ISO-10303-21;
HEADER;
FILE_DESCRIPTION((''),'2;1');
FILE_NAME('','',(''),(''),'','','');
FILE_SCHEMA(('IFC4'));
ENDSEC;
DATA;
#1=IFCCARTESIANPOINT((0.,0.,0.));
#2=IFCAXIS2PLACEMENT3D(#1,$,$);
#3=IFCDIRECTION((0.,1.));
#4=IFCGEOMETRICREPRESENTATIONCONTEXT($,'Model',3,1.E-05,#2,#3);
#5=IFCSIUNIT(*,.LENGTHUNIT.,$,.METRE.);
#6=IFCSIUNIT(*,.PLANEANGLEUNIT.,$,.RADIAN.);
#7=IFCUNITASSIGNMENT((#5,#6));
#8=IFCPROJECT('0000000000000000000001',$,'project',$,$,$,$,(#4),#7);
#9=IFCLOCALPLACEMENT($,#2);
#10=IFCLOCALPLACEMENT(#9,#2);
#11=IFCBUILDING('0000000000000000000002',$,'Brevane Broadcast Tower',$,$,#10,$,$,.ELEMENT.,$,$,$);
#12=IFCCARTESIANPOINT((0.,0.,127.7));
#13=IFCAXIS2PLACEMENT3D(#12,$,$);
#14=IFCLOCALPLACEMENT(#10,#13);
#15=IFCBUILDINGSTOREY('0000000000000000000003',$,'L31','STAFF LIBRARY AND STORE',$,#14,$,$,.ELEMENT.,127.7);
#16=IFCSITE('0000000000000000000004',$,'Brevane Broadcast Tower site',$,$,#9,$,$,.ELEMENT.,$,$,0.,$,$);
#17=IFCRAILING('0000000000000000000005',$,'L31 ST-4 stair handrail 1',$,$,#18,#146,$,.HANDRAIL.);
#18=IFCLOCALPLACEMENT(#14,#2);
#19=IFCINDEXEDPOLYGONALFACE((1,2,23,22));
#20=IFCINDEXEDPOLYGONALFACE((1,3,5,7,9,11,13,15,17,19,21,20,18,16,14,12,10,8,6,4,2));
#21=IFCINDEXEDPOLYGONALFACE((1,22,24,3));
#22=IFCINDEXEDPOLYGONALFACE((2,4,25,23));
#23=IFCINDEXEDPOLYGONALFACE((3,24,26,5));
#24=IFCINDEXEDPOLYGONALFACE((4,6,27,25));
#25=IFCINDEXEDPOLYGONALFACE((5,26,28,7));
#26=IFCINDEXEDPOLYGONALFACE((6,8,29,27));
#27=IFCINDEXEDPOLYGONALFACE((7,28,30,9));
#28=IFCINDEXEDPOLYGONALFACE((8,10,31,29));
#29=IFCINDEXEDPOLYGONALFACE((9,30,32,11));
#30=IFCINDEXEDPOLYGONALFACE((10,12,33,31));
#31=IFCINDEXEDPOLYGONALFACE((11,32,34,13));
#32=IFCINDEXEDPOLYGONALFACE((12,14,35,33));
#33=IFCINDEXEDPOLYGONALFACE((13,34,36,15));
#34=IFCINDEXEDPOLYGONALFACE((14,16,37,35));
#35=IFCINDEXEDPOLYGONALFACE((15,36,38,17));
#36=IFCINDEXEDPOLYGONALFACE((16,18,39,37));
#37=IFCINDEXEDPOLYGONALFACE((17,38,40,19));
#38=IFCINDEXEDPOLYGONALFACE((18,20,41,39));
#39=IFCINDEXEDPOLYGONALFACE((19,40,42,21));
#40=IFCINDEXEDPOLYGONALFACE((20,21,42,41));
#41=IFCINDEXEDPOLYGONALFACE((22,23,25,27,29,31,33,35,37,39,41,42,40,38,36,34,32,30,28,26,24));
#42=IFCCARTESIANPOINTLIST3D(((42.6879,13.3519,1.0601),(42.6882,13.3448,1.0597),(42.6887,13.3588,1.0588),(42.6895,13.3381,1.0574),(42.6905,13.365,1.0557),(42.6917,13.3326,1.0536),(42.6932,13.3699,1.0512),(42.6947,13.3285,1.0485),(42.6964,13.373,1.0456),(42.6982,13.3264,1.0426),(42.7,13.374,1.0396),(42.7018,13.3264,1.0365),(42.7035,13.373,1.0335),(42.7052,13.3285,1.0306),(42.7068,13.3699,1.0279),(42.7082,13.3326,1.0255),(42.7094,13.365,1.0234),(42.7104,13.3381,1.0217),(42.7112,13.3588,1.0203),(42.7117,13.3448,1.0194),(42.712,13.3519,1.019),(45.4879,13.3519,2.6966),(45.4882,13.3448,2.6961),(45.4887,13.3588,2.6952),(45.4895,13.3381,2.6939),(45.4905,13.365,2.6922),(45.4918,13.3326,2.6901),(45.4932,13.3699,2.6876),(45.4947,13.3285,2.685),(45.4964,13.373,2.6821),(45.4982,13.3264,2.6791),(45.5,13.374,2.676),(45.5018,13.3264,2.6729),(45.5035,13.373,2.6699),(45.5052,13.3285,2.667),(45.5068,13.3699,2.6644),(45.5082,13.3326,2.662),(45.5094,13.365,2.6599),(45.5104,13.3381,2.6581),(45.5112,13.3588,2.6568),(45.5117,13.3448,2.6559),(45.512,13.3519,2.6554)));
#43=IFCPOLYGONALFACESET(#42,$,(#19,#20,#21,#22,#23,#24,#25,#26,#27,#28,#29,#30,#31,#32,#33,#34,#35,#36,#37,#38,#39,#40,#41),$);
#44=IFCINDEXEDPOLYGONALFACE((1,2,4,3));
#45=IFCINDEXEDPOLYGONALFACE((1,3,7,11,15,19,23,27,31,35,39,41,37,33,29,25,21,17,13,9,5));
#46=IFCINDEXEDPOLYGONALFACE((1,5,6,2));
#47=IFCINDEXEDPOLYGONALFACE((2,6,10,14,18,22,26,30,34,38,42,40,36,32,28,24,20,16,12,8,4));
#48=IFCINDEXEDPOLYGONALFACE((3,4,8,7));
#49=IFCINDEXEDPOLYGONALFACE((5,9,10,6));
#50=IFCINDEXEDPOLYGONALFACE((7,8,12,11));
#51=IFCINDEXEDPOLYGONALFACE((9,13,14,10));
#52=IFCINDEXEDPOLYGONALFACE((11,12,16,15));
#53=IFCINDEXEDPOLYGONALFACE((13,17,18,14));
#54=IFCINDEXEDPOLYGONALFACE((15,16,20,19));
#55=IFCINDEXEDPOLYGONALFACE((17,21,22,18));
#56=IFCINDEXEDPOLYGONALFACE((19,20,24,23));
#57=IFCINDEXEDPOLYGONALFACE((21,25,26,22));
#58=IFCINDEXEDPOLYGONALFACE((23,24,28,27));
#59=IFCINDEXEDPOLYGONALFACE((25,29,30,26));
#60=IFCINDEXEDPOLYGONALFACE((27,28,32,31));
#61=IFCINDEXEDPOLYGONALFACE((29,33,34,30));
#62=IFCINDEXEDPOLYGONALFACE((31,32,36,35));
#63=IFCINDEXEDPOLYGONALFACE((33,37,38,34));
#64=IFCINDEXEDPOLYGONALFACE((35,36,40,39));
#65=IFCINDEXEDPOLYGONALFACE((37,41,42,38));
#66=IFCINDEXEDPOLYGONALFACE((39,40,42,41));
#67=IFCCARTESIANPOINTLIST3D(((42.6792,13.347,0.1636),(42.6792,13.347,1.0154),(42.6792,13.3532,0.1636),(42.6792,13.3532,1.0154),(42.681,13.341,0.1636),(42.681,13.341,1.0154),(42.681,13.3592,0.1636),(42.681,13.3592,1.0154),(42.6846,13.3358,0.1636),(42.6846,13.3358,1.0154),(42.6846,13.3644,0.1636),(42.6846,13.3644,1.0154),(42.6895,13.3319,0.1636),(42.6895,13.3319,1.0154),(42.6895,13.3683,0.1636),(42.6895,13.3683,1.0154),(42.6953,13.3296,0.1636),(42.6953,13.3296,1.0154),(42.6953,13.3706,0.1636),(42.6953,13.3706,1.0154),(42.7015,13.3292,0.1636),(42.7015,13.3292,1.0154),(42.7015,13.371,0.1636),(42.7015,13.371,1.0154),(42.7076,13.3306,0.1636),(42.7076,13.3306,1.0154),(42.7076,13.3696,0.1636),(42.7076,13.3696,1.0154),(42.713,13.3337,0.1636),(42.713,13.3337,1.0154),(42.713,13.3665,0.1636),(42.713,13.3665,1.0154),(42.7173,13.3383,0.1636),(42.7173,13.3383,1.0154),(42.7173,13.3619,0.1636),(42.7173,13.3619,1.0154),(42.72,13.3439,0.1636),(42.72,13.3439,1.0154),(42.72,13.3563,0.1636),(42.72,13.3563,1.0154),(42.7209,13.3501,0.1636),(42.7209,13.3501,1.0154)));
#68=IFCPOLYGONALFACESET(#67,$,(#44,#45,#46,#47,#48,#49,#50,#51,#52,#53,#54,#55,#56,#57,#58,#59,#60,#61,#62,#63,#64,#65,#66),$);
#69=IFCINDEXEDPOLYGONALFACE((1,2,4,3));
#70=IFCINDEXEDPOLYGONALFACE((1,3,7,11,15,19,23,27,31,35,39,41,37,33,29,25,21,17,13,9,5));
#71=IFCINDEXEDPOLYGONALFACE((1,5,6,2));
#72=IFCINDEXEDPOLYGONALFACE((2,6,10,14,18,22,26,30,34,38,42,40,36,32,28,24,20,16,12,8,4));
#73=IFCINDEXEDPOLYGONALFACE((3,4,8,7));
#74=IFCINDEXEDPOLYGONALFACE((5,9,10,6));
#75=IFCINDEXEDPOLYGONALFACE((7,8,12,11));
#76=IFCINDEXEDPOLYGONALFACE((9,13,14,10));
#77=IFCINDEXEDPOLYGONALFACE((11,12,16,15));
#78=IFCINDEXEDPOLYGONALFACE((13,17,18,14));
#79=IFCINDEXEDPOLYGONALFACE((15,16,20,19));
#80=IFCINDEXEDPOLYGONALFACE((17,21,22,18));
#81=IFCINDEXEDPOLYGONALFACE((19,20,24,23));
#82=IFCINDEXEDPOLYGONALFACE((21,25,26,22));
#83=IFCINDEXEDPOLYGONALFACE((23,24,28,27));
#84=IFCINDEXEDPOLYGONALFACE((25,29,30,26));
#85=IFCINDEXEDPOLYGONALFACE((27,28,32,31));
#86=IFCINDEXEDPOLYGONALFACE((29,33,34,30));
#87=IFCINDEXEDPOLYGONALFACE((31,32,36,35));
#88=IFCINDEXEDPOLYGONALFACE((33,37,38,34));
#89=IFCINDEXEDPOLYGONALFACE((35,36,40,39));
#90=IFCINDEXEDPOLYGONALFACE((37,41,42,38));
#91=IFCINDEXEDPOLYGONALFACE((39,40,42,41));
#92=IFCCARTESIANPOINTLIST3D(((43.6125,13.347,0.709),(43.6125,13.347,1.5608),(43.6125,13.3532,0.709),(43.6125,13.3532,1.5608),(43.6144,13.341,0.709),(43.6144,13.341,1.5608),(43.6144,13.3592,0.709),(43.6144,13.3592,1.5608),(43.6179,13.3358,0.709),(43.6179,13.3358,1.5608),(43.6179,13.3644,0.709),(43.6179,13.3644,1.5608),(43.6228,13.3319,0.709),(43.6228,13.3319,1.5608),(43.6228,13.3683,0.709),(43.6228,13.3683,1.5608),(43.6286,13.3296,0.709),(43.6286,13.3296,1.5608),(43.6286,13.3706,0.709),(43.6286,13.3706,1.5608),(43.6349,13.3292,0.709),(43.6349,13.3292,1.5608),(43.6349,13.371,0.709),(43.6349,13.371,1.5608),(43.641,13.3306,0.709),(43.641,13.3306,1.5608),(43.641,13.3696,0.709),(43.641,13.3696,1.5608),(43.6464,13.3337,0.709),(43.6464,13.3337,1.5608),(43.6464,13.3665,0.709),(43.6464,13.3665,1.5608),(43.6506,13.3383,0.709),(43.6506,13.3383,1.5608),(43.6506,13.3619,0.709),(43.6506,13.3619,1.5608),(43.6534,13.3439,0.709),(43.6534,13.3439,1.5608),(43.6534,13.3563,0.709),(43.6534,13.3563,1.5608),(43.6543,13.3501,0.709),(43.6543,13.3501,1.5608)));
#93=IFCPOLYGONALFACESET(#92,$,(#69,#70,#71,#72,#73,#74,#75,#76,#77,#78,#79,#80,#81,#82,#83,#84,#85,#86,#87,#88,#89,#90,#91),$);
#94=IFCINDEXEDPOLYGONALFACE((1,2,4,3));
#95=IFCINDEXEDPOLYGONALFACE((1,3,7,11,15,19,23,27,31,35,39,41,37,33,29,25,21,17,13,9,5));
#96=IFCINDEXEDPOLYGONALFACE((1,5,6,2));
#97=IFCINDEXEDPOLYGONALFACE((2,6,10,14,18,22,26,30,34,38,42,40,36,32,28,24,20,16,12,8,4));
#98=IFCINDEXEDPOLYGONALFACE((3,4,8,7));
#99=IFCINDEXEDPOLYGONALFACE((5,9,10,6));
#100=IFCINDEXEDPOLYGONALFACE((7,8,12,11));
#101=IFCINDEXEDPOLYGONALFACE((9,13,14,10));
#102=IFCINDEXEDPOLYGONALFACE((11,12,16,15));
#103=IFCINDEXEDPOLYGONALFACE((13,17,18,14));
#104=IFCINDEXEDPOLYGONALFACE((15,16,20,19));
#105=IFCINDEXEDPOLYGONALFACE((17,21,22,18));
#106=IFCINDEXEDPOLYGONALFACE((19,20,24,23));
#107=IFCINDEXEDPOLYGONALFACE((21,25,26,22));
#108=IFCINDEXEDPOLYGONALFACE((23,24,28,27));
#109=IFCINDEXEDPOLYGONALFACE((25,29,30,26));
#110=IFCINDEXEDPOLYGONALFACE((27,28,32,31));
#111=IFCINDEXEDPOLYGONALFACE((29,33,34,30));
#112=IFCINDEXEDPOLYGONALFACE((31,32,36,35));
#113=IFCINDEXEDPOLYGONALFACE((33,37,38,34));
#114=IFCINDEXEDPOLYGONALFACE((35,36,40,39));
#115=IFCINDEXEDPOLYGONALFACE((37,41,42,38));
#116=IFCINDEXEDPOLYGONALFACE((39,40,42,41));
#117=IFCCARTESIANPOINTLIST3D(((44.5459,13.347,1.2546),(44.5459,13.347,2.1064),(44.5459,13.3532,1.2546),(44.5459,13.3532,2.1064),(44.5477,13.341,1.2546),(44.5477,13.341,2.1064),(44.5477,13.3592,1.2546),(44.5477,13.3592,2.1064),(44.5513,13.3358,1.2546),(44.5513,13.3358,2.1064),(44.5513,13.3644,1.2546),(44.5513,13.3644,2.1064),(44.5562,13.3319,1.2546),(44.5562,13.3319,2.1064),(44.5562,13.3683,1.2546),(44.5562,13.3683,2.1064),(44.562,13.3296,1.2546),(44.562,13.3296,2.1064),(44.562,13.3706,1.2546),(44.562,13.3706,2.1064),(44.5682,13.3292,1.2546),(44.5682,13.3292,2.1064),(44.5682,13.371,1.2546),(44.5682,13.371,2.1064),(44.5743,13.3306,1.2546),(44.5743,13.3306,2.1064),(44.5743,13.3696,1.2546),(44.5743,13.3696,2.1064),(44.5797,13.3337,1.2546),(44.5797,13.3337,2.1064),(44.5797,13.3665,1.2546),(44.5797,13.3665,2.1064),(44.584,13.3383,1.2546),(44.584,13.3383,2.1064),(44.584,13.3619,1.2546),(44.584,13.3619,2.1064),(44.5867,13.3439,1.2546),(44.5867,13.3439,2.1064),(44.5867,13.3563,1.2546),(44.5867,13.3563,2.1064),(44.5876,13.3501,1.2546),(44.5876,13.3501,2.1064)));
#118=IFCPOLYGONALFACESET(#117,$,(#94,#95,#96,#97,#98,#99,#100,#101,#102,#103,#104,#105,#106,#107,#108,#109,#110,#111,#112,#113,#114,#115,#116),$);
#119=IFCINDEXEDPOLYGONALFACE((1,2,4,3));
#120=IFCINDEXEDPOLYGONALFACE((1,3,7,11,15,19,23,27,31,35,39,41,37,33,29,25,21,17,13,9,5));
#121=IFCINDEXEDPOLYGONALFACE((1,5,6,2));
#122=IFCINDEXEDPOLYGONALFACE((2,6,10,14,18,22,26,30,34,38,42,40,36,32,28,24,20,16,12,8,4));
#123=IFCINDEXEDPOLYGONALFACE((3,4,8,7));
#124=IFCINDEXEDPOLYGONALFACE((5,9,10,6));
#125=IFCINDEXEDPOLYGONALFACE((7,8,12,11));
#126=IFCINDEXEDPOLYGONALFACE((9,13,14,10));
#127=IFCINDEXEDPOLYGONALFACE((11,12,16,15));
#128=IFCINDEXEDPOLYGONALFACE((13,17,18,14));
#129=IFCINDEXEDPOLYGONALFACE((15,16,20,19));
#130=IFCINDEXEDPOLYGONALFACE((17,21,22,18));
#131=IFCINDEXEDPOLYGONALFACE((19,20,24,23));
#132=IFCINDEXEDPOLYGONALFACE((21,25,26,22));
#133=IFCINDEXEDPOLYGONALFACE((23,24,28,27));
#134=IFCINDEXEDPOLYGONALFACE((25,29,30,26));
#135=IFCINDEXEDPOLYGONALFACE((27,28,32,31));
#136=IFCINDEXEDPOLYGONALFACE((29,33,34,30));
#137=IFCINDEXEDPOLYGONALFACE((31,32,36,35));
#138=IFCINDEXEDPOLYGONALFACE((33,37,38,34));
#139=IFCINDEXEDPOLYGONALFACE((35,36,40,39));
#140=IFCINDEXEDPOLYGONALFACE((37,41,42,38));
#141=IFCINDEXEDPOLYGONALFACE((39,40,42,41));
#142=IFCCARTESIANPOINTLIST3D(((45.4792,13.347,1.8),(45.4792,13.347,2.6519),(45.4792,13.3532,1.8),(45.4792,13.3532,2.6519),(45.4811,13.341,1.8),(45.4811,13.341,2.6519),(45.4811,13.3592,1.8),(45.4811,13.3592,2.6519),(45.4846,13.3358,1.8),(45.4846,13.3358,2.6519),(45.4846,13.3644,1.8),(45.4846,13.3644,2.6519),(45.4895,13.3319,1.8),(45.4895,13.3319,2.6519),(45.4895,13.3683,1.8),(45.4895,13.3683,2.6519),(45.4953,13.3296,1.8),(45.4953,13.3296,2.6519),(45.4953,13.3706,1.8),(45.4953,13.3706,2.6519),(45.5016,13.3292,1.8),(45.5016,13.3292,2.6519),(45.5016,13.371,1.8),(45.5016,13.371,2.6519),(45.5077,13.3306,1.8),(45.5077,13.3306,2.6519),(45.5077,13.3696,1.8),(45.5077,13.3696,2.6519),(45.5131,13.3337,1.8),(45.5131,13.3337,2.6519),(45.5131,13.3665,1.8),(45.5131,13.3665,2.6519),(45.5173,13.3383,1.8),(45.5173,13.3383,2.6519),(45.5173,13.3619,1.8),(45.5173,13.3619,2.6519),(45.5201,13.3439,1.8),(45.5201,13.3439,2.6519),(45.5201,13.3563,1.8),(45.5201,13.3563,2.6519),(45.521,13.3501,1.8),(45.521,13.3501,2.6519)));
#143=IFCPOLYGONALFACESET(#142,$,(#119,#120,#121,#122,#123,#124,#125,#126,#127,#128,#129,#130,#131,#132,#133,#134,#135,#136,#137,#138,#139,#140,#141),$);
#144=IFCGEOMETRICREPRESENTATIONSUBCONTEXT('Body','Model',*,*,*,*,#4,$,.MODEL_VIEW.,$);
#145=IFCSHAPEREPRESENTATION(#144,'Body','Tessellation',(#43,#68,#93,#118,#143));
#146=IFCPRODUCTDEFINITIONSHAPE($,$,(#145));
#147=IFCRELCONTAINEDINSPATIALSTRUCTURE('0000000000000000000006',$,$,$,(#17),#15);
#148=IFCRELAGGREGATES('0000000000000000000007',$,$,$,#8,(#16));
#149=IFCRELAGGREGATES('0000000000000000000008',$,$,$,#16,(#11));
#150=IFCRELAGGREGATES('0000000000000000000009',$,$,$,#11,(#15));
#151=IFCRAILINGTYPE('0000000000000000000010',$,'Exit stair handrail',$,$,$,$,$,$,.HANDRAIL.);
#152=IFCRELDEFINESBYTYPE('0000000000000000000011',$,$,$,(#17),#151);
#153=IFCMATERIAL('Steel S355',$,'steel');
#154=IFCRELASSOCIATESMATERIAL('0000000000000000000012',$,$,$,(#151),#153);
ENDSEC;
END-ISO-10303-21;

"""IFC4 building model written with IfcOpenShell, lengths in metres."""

from ifc_helpers import new_model, si_unit, direction, frame, origin, origin_2d, place, context, subcontext, project, spatial, circle, extrude, material, type_object, element, save


model = new_model("IFC4")

# Units and contexts
model_context = context("Model", 3, precision=1e-05, world=origin(), true_north=direction((0.0, 1.0)))
body_context = subcontext(model_context, "Body", "Model", "MODEL_VIEW")
ifc_project = project(units=[si_unit("LENGTHUNIT", "METRE"), si_unit("PLANEANGLEUNIT", "RADIAN")], contexts=[model_context])

# Site, building, storey
site_placement = place(None, origin())
site = spatial("IfcSite", under=ifc_project, at=site_placement, Name="Brevane Broadcast Tower site", CompositionType="ELEMENT", RefElevation=0.0)
building_placement = place(site_placement, origin())
building = spatial("IfcBuilding", under=site, at=building_placement, Name="Brevane Broadcast Tower", CompositionType="ELEMENT")
storey_placement = place(building_placement, frame((0.0, 0.0, 127.7)))
storey = spatial("IfcBuildingStorey", under=building, at=storey_placement, Name="L31", Description="STAFF LIBRARY AND STORE", CompositionType="ELEMENT", Elevation=127.7)

# Railing
ifc_material_1 = material(Name="Steel S355", Category="steel")
railing_type_1 = type_object("IfcRailingType", Name="Exit stair handrail", PredefinedType="HANDRAIL", material=ifc_material_1)
railing_1_placement = place(storey_placement, frame((42.7, 13.3501, 0.1636)))
element("IfcRailing", 1, at=railing_1_placement, inside=storey, type_object=railing_type_1, Name="L31 ST-4 stair handrail 1", PredefinedType="HANDRAIL", context=body_context, shape_type="SweptSolid", body=[
    extrude(circle(Radius=0.0239, at=origin_2d()), frame((0.0, 0.0, 0.876), z_axis=(0.863361, 0.0, 0.504587), x_axis=(0.0, 1.0, 0.0)), (0.0, 0.0, 1.0), 3.2432),
    extrude(circle(Radius=0.021, at=origin_2d()), origin(), (0.0, 0.0, 1.0), 0.8518),
    extrude(circle(Radius=0.021, at=origin_2d()), frame((0.9333, 0.0, 0.5454)), (0.0, 0.0, 1.0), 0.8518),
    extrude(circle(Radius=0.021, at=origin_2d()), frame((1.8667, 0.0, 1.0911)), (0.0, 0.0, 1.0), 0.8518),
    extrude(circle(Radius=0.021, at=origin_2d()), frame((2.8, 0.0, 1.6365)), (0.0, 0.0, 1.0), 0.8518),
])

save(model, "model.ifc")
